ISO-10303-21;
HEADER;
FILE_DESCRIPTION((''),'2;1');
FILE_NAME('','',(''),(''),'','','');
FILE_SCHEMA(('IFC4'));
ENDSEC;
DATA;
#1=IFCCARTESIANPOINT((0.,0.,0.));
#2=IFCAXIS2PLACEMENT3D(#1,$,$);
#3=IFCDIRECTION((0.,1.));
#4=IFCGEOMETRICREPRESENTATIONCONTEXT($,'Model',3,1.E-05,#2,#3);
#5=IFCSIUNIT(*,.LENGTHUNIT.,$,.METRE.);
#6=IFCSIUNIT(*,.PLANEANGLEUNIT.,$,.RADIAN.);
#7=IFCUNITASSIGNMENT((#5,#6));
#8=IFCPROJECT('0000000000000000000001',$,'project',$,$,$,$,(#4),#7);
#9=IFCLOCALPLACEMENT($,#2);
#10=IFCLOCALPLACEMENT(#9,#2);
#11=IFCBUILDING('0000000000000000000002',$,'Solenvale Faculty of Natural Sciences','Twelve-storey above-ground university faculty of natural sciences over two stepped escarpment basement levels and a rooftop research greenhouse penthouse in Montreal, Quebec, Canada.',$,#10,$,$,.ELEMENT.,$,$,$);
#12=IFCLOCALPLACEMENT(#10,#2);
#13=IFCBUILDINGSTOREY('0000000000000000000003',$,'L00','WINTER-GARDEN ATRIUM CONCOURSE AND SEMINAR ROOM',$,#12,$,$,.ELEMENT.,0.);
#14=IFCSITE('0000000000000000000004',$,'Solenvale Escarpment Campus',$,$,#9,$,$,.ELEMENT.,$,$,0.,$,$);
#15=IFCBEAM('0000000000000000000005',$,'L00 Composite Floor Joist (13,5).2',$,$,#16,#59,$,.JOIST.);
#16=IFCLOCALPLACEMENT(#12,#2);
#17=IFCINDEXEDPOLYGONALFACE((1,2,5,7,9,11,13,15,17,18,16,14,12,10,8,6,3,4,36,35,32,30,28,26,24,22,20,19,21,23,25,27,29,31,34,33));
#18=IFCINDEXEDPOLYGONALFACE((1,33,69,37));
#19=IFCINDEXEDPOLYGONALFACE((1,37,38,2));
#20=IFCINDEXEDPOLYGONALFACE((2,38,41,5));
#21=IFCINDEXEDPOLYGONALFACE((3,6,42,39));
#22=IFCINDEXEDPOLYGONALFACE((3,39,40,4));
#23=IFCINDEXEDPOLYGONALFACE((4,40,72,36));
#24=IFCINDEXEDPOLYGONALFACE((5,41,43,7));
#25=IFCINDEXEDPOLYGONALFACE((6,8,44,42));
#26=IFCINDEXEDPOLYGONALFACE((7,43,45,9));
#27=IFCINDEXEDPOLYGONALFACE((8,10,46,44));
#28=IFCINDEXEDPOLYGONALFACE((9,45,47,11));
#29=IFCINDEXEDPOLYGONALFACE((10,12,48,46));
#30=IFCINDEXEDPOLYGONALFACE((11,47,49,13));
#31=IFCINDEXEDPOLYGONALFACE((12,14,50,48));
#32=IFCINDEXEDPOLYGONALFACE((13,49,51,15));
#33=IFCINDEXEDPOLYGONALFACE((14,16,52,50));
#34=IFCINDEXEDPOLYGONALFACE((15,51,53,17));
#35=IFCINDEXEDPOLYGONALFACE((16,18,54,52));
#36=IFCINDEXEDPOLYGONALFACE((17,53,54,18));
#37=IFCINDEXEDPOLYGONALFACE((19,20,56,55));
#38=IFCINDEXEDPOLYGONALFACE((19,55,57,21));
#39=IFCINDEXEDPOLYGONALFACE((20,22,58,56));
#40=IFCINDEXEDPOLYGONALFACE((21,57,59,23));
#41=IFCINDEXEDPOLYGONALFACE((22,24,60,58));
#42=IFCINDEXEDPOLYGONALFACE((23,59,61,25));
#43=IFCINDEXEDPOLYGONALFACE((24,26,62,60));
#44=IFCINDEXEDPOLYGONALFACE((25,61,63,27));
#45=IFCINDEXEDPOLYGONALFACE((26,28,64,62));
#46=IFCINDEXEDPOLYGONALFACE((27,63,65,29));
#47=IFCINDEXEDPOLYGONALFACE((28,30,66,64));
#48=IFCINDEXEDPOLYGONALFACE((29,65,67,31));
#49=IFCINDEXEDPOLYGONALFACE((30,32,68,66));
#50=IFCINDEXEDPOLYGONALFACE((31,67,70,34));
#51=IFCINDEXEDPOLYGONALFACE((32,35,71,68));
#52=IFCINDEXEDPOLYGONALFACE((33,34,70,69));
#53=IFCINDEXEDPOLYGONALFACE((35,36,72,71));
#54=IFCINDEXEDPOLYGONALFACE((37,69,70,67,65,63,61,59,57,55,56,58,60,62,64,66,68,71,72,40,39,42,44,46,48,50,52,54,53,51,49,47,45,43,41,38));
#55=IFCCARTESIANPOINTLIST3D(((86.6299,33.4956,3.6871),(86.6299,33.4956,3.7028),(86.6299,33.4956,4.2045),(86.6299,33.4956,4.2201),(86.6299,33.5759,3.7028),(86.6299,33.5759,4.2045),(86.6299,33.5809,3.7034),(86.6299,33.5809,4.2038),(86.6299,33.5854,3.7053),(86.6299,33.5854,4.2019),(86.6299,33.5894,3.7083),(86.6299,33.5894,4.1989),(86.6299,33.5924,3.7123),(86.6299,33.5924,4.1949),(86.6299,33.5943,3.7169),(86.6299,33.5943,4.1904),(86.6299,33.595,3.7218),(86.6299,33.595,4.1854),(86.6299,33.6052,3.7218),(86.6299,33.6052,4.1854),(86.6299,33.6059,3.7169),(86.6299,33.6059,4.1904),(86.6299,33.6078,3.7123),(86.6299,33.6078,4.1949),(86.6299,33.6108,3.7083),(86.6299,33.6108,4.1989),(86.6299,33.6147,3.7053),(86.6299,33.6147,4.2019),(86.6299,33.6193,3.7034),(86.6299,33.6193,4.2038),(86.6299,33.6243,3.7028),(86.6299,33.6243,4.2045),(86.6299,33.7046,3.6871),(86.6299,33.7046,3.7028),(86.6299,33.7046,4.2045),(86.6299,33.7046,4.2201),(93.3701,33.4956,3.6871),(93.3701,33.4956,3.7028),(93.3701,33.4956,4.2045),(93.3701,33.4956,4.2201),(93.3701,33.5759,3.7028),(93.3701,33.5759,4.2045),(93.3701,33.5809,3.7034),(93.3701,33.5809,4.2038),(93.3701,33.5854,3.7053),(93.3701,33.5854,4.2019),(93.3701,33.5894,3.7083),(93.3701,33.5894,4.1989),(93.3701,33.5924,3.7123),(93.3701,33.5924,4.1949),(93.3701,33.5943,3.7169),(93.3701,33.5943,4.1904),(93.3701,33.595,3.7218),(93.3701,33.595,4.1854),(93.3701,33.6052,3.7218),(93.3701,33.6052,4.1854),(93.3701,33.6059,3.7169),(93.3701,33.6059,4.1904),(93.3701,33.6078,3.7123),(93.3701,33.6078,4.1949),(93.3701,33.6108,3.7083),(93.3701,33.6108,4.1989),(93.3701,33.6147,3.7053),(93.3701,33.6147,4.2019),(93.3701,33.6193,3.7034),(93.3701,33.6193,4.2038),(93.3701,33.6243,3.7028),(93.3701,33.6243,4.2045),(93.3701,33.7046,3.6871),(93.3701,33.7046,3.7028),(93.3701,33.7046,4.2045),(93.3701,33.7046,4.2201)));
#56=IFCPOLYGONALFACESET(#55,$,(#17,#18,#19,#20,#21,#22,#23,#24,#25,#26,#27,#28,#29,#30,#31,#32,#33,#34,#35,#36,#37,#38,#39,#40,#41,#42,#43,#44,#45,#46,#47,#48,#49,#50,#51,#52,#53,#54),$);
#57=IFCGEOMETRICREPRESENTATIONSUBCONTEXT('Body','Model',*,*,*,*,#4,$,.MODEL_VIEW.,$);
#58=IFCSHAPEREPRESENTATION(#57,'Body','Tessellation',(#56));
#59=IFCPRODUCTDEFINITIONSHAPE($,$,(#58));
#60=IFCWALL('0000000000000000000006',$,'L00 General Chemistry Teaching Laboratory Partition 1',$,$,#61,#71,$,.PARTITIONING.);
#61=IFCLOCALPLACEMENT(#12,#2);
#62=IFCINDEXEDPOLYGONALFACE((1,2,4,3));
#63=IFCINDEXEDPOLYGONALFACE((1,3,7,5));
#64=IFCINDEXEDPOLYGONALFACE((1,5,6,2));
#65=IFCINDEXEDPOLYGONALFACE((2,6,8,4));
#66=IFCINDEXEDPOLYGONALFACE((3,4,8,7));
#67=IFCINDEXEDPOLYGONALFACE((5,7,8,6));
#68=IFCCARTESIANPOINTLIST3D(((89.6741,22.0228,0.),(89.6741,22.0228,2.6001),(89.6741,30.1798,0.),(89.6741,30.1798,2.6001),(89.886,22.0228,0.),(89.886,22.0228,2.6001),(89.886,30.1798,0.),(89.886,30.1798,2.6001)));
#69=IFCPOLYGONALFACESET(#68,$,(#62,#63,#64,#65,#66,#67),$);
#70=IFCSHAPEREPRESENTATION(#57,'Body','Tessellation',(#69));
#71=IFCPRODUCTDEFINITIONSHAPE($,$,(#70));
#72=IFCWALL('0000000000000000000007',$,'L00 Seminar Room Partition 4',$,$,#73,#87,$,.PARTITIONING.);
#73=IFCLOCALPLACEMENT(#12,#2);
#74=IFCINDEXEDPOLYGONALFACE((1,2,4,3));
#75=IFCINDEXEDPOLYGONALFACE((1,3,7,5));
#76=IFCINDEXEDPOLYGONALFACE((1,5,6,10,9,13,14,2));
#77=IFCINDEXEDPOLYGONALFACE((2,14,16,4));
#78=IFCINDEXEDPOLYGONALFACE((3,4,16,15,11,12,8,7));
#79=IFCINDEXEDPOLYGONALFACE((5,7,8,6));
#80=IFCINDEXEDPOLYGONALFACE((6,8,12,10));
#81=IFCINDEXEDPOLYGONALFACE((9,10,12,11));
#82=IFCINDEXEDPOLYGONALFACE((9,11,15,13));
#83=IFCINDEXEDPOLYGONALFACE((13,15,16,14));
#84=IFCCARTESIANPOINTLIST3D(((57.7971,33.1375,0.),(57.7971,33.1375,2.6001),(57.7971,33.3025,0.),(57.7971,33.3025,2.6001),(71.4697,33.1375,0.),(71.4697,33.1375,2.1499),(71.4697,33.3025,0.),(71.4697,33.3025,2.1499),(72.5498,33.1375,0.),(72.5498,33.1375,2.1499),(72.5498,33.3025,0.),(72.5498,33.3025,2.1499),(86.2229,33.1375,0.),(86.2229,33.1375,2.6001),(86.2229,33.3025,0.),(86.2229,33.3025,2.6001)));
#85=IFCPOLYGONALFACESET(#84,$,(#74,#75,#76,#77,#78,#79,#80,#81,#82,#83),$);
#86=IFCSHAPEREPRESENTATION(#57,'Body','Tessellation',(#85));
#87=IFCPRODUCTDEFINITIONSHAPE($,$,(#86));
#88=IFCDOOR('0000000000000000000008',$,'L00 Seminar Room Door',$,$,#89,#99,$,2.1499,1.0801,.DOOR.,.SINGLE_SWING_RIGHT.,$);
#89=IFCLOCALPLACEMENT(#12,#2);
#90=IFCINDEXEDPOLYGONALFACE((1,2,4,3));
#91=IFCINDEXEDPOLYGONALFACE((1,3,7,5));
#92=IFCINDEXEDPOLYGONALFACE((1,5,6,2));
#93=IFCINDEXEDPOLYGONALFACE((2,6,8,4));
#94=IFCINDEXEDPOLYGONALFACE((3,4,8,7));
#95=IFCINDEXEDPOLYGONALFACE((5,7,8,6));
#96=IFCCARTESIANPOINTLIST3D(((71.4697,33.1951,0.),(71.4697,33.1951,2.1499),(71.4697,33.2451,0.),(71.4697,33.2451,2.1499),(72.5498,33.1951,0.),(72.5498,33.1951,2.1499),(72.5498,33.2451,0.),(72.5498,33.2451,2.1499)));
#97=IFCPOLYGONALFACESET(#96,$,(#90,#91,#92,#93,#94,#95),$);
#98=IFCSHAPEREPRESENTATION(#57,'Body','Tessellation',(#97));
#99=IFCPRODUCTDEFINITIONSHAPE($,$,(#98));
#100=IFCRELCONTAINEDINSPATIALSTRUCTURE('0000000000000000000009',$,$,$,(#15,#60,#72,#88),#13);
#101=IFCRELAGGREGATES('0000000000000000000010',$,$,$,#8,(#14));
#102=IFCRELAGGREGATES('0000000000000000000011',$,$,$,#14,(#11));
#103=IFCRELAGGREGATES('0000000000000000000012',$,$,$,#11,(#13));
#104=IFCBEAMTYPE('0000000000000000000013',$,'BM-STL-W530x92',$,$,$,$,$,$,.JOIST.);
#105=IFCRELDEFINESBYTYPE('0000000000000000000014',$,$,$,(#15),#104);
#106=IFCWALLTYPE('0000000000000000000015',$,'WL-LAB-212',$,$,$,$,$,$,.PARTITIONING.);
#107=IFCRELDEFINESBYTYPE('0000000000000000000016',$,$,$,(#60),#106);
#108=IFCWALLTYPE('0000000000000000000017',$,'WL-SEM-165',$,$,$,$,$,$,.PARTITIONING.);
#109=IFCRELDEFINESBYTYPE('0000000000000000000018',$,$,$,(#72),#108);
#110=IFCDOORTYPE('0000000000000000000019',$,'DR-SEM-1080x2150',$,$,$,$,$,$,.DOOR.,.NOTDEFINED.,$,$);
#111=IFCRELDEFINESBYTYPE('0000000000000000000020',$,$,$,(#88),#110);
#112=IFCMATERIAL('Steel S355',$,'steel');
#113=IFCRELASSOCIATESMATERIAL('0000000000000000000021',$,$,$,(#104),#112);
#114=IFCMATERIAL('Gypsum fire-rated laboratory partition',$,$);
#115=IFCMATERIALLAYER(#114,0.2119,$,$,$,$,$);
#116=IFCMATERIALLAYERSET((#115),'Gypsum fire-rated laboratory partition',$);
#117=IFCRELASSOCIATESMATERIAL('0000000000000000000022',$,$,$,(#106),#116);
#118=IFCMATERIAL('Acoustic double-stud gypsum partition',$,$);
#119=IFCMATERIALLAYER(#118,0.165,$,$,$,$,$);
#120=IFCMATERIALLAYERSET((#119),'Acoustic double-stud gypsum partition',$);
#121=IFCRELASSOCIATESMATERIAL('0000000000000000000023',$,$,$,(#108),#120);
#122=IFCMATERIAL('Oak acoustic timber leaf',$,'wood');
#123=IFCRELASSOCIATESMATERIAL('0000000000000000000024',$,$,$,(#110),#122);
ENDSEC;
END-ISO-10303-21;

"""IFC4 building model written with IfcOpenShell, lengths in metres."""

from ifc_helpers import new_model, si_unit, direction, frame, frame_2d, origin, origin_2d, place, context, subcontext, project, spatial, rectangle, i_section, extrude, material, layer, layer_set, material_profile, profile_set, type_object, element, fill, save


model = new_model("IFC4")

# Units and contexts
model_context = context("Model", 3, precision=1e-05, world=origin(), true_north=direction((0.0, 1.0)))
body_context = subcontext(model_context, "Body", "Model", "MODEL_VIEW")
ifc_project = project(units=[si_unit("LENGTHUNIT", "METRE"), si_unit("PLANEANGLEUNIT", "RADIAN")], contexts=[model_context])

# Site, building, storey
site_placement = place(None, origin())
site = spatial("IfcSite", under=ifc_project, at=site_placement, Name="Solenvale Escarpment Campus", CompositionType="ELEMENT", RefElevation=0.0)
building_placement = place(site_placement, origin())
building = spatial("IfcBuilding", under=site, at=building_placement, Name="Solenvale Faculty of Natural Sciences", Description="Twelve-storey above-ground university faculty of natural sciences over two stepped escarpment basement levels and a rooftop research greenhouse penthouse in Montreal, Quebec, Canada.", CompositionType="ELEMENT")
storey_placement = place(building_placement, origin())
storey = spatial("IfcBuildingStorey", under=building, at=storey_placement, Name="L00", Description="WINTER-GARDEN ATRIUM CONCOURSE AND SEMINAR ROOM", CompositionType="ELEMENT", Elevation=0.0)

# Beam
ifc_material_1 = material(Name="Steel S355", Category="steel")
ifc_material_profile_1 = material_profile(ifc_material_1, i_section(OverallWidth=0.209, OverallDepth=0.533, WebThickness=0.0103, FlangeThickness=0.0156, FilletRadius=0.019, at=origin_2d()), Name="W530x92")
ifc_profile_set_1 = profile_set([ifc_material_profile_1], Name="Steel S355")
beam_type_1 = type_object("IfcBeamType", Name="BM-STL-W530x92", PredefinedType="JOIST", material=ifc_profile_set_1)
for number, where, z_axis, x_axis, name in (
    (1, (86.6299, 33.6001, 3.9536), (1.0, 0.0, 0.0), (0.0, 1.0, 0.0), "L00 Composite Floor Joist (13,5).2"),
):
    element("IfcBeam", number, at=place(storey_placement, frame(where, z_axis=z_axis, x_axis=x_axis)), inside=storey, type_object=beam_type_1, Name=name, PredefinedType="JOIST", context=body_context, shape_type="SweptSolid", body=[
        extrude(i_section(OverallWidth=0.209, OverallDepth=0.533, WebThickness=0.0103, FlangeThickness=0.0156, FilletRadius=0.019, at=origin_2d()), origin(), (0.0, 0.0, 1.0), 6.7402),
    ])

# Wall
ifc_material_2 = material(Name="Gypsum fire-rated laboratory partition")
ifc_layer_1 = layer(ifc_material_2, 0.2119)
ifc_layer_set_1 = layer_set([ifc_layer_1], Name="Gypsum fire-rated laboratory partition")
wall_type_1 = type_object("IfcWallType", Name="WL-LAB-212", PredefinedType="PARTITIONING", material=ifc_layer_set_1)
wall_1_placement = place(storey_placement, frame((89.78, 30.1799, 0.0), z_axis=(0.0, 0.0, 1.0), x_axis=(0.0, -1.0, 0.0)))
element("IfcWall", 2, at=wall_1_placement, inside=storey, type_object=wall_type_1, Name="L00 General Chemistry Teaching Laboratory Partition 1", PredefinedType="PARTITIONING", context=body_context, shape_type="SweptSolid", body=[
    extrude(rectangle(XDim=8.157, YDim=0.2119, at=frame_2d((4.0786, 0.0))), origin(), (0.0, 0.0, 1.0), 2.6001),
])

# Wall, opening, door
ifc_material_3 = material(Name="Acoustic double-stud gypsum partition")
ifc_layer_2 = layer(ifc_material_3, 0.165)
ifc_layer_set_2 = layer_set([ifc_layer_2], Name="Acoustic double-stud gypsum partition")
wall_type_2 = type_object("IfcWallType", Name="WL-SEM-165", PredefinedType="PARTITIONING", material=ifc_layer_set_2)
wall_2_placement = place(storey_placement, frame((86.2229, 33.22, 0.0), z_axis=(0.0, 0.0, 1.0), x_axis=(-1.0, 0.0, 0.0)))
wall_2 = element("IfcWall", 3, at=wall_2_placement, inside=storey, type_object=wall_type_2, Name="L00 Seminar Room Partition 4", PredefinedType="PARTITIONING", context=body_context, shape_type="SweptSolid", body=[
    extrude(rectangle(XDim=28.4258, YDim=0.165, at=frame_2d((14.2129, 0.0))), origin(), (0.0, 0.0, 1.0), 2.6001),
])
opening_1_placement = place(wall_2_placement, frame((13.6731, 0.0, 0.0)))
opening_1 = element("IfcOpeningElement", 4, at=opening_1_placement, cuts=wall_2, PredefinedType="OPENING", context=body_context, shape_type="SweptSolid", body=[
    extrude(rectangle(XDim=1.0801, YDim=2.1499, at=frame_2d((0.54, 1.075))), frame((0.0, 0.0925, 0.0), z_axis=(0.0, -1.0, 0.0), x_axis=(1.0, 0.0, 0.0)), (0.0, 0.0, 1.0), 0.1851),
])
ifc_material_4 = material(Name="Oak acoustic timber leaf", Category="wood")
door_type_1 = type_object("IfcDoorType", Name="DR-SEM-1080x2150", OperationType="NOTDEFINED", PredefinedType="DOOR", material=ifc_material_4)
door_1_placement = place(opening_1_placement, origin())
door_1 = element("IfcDoor", 5, at=door_1_placement, inside=storey, type_object=door_type_1, Name="L00 Seminar Room Door", OperationType="SINGLE_SWING_RIGHT", OverallHeight=2.1499, OverallWidth=1.0801, PredefinedType="DOOR", context=body_context, shape_type="SweptSolid", body=[
    extrude(rectangle(XDim=1.0801, YDim=2.1499, at=frame_2d((0.54, 1.075))), frame((0.0, 0.0249, 0.0), z_axis=(0.0, -1.0, 0.0), x_axis=(1.0, 0.0, 0.0)), (0.0, 0.0, 1.0), 0.05),
])
fill(opening_1, door_1)

save(model, "model.ifc")
